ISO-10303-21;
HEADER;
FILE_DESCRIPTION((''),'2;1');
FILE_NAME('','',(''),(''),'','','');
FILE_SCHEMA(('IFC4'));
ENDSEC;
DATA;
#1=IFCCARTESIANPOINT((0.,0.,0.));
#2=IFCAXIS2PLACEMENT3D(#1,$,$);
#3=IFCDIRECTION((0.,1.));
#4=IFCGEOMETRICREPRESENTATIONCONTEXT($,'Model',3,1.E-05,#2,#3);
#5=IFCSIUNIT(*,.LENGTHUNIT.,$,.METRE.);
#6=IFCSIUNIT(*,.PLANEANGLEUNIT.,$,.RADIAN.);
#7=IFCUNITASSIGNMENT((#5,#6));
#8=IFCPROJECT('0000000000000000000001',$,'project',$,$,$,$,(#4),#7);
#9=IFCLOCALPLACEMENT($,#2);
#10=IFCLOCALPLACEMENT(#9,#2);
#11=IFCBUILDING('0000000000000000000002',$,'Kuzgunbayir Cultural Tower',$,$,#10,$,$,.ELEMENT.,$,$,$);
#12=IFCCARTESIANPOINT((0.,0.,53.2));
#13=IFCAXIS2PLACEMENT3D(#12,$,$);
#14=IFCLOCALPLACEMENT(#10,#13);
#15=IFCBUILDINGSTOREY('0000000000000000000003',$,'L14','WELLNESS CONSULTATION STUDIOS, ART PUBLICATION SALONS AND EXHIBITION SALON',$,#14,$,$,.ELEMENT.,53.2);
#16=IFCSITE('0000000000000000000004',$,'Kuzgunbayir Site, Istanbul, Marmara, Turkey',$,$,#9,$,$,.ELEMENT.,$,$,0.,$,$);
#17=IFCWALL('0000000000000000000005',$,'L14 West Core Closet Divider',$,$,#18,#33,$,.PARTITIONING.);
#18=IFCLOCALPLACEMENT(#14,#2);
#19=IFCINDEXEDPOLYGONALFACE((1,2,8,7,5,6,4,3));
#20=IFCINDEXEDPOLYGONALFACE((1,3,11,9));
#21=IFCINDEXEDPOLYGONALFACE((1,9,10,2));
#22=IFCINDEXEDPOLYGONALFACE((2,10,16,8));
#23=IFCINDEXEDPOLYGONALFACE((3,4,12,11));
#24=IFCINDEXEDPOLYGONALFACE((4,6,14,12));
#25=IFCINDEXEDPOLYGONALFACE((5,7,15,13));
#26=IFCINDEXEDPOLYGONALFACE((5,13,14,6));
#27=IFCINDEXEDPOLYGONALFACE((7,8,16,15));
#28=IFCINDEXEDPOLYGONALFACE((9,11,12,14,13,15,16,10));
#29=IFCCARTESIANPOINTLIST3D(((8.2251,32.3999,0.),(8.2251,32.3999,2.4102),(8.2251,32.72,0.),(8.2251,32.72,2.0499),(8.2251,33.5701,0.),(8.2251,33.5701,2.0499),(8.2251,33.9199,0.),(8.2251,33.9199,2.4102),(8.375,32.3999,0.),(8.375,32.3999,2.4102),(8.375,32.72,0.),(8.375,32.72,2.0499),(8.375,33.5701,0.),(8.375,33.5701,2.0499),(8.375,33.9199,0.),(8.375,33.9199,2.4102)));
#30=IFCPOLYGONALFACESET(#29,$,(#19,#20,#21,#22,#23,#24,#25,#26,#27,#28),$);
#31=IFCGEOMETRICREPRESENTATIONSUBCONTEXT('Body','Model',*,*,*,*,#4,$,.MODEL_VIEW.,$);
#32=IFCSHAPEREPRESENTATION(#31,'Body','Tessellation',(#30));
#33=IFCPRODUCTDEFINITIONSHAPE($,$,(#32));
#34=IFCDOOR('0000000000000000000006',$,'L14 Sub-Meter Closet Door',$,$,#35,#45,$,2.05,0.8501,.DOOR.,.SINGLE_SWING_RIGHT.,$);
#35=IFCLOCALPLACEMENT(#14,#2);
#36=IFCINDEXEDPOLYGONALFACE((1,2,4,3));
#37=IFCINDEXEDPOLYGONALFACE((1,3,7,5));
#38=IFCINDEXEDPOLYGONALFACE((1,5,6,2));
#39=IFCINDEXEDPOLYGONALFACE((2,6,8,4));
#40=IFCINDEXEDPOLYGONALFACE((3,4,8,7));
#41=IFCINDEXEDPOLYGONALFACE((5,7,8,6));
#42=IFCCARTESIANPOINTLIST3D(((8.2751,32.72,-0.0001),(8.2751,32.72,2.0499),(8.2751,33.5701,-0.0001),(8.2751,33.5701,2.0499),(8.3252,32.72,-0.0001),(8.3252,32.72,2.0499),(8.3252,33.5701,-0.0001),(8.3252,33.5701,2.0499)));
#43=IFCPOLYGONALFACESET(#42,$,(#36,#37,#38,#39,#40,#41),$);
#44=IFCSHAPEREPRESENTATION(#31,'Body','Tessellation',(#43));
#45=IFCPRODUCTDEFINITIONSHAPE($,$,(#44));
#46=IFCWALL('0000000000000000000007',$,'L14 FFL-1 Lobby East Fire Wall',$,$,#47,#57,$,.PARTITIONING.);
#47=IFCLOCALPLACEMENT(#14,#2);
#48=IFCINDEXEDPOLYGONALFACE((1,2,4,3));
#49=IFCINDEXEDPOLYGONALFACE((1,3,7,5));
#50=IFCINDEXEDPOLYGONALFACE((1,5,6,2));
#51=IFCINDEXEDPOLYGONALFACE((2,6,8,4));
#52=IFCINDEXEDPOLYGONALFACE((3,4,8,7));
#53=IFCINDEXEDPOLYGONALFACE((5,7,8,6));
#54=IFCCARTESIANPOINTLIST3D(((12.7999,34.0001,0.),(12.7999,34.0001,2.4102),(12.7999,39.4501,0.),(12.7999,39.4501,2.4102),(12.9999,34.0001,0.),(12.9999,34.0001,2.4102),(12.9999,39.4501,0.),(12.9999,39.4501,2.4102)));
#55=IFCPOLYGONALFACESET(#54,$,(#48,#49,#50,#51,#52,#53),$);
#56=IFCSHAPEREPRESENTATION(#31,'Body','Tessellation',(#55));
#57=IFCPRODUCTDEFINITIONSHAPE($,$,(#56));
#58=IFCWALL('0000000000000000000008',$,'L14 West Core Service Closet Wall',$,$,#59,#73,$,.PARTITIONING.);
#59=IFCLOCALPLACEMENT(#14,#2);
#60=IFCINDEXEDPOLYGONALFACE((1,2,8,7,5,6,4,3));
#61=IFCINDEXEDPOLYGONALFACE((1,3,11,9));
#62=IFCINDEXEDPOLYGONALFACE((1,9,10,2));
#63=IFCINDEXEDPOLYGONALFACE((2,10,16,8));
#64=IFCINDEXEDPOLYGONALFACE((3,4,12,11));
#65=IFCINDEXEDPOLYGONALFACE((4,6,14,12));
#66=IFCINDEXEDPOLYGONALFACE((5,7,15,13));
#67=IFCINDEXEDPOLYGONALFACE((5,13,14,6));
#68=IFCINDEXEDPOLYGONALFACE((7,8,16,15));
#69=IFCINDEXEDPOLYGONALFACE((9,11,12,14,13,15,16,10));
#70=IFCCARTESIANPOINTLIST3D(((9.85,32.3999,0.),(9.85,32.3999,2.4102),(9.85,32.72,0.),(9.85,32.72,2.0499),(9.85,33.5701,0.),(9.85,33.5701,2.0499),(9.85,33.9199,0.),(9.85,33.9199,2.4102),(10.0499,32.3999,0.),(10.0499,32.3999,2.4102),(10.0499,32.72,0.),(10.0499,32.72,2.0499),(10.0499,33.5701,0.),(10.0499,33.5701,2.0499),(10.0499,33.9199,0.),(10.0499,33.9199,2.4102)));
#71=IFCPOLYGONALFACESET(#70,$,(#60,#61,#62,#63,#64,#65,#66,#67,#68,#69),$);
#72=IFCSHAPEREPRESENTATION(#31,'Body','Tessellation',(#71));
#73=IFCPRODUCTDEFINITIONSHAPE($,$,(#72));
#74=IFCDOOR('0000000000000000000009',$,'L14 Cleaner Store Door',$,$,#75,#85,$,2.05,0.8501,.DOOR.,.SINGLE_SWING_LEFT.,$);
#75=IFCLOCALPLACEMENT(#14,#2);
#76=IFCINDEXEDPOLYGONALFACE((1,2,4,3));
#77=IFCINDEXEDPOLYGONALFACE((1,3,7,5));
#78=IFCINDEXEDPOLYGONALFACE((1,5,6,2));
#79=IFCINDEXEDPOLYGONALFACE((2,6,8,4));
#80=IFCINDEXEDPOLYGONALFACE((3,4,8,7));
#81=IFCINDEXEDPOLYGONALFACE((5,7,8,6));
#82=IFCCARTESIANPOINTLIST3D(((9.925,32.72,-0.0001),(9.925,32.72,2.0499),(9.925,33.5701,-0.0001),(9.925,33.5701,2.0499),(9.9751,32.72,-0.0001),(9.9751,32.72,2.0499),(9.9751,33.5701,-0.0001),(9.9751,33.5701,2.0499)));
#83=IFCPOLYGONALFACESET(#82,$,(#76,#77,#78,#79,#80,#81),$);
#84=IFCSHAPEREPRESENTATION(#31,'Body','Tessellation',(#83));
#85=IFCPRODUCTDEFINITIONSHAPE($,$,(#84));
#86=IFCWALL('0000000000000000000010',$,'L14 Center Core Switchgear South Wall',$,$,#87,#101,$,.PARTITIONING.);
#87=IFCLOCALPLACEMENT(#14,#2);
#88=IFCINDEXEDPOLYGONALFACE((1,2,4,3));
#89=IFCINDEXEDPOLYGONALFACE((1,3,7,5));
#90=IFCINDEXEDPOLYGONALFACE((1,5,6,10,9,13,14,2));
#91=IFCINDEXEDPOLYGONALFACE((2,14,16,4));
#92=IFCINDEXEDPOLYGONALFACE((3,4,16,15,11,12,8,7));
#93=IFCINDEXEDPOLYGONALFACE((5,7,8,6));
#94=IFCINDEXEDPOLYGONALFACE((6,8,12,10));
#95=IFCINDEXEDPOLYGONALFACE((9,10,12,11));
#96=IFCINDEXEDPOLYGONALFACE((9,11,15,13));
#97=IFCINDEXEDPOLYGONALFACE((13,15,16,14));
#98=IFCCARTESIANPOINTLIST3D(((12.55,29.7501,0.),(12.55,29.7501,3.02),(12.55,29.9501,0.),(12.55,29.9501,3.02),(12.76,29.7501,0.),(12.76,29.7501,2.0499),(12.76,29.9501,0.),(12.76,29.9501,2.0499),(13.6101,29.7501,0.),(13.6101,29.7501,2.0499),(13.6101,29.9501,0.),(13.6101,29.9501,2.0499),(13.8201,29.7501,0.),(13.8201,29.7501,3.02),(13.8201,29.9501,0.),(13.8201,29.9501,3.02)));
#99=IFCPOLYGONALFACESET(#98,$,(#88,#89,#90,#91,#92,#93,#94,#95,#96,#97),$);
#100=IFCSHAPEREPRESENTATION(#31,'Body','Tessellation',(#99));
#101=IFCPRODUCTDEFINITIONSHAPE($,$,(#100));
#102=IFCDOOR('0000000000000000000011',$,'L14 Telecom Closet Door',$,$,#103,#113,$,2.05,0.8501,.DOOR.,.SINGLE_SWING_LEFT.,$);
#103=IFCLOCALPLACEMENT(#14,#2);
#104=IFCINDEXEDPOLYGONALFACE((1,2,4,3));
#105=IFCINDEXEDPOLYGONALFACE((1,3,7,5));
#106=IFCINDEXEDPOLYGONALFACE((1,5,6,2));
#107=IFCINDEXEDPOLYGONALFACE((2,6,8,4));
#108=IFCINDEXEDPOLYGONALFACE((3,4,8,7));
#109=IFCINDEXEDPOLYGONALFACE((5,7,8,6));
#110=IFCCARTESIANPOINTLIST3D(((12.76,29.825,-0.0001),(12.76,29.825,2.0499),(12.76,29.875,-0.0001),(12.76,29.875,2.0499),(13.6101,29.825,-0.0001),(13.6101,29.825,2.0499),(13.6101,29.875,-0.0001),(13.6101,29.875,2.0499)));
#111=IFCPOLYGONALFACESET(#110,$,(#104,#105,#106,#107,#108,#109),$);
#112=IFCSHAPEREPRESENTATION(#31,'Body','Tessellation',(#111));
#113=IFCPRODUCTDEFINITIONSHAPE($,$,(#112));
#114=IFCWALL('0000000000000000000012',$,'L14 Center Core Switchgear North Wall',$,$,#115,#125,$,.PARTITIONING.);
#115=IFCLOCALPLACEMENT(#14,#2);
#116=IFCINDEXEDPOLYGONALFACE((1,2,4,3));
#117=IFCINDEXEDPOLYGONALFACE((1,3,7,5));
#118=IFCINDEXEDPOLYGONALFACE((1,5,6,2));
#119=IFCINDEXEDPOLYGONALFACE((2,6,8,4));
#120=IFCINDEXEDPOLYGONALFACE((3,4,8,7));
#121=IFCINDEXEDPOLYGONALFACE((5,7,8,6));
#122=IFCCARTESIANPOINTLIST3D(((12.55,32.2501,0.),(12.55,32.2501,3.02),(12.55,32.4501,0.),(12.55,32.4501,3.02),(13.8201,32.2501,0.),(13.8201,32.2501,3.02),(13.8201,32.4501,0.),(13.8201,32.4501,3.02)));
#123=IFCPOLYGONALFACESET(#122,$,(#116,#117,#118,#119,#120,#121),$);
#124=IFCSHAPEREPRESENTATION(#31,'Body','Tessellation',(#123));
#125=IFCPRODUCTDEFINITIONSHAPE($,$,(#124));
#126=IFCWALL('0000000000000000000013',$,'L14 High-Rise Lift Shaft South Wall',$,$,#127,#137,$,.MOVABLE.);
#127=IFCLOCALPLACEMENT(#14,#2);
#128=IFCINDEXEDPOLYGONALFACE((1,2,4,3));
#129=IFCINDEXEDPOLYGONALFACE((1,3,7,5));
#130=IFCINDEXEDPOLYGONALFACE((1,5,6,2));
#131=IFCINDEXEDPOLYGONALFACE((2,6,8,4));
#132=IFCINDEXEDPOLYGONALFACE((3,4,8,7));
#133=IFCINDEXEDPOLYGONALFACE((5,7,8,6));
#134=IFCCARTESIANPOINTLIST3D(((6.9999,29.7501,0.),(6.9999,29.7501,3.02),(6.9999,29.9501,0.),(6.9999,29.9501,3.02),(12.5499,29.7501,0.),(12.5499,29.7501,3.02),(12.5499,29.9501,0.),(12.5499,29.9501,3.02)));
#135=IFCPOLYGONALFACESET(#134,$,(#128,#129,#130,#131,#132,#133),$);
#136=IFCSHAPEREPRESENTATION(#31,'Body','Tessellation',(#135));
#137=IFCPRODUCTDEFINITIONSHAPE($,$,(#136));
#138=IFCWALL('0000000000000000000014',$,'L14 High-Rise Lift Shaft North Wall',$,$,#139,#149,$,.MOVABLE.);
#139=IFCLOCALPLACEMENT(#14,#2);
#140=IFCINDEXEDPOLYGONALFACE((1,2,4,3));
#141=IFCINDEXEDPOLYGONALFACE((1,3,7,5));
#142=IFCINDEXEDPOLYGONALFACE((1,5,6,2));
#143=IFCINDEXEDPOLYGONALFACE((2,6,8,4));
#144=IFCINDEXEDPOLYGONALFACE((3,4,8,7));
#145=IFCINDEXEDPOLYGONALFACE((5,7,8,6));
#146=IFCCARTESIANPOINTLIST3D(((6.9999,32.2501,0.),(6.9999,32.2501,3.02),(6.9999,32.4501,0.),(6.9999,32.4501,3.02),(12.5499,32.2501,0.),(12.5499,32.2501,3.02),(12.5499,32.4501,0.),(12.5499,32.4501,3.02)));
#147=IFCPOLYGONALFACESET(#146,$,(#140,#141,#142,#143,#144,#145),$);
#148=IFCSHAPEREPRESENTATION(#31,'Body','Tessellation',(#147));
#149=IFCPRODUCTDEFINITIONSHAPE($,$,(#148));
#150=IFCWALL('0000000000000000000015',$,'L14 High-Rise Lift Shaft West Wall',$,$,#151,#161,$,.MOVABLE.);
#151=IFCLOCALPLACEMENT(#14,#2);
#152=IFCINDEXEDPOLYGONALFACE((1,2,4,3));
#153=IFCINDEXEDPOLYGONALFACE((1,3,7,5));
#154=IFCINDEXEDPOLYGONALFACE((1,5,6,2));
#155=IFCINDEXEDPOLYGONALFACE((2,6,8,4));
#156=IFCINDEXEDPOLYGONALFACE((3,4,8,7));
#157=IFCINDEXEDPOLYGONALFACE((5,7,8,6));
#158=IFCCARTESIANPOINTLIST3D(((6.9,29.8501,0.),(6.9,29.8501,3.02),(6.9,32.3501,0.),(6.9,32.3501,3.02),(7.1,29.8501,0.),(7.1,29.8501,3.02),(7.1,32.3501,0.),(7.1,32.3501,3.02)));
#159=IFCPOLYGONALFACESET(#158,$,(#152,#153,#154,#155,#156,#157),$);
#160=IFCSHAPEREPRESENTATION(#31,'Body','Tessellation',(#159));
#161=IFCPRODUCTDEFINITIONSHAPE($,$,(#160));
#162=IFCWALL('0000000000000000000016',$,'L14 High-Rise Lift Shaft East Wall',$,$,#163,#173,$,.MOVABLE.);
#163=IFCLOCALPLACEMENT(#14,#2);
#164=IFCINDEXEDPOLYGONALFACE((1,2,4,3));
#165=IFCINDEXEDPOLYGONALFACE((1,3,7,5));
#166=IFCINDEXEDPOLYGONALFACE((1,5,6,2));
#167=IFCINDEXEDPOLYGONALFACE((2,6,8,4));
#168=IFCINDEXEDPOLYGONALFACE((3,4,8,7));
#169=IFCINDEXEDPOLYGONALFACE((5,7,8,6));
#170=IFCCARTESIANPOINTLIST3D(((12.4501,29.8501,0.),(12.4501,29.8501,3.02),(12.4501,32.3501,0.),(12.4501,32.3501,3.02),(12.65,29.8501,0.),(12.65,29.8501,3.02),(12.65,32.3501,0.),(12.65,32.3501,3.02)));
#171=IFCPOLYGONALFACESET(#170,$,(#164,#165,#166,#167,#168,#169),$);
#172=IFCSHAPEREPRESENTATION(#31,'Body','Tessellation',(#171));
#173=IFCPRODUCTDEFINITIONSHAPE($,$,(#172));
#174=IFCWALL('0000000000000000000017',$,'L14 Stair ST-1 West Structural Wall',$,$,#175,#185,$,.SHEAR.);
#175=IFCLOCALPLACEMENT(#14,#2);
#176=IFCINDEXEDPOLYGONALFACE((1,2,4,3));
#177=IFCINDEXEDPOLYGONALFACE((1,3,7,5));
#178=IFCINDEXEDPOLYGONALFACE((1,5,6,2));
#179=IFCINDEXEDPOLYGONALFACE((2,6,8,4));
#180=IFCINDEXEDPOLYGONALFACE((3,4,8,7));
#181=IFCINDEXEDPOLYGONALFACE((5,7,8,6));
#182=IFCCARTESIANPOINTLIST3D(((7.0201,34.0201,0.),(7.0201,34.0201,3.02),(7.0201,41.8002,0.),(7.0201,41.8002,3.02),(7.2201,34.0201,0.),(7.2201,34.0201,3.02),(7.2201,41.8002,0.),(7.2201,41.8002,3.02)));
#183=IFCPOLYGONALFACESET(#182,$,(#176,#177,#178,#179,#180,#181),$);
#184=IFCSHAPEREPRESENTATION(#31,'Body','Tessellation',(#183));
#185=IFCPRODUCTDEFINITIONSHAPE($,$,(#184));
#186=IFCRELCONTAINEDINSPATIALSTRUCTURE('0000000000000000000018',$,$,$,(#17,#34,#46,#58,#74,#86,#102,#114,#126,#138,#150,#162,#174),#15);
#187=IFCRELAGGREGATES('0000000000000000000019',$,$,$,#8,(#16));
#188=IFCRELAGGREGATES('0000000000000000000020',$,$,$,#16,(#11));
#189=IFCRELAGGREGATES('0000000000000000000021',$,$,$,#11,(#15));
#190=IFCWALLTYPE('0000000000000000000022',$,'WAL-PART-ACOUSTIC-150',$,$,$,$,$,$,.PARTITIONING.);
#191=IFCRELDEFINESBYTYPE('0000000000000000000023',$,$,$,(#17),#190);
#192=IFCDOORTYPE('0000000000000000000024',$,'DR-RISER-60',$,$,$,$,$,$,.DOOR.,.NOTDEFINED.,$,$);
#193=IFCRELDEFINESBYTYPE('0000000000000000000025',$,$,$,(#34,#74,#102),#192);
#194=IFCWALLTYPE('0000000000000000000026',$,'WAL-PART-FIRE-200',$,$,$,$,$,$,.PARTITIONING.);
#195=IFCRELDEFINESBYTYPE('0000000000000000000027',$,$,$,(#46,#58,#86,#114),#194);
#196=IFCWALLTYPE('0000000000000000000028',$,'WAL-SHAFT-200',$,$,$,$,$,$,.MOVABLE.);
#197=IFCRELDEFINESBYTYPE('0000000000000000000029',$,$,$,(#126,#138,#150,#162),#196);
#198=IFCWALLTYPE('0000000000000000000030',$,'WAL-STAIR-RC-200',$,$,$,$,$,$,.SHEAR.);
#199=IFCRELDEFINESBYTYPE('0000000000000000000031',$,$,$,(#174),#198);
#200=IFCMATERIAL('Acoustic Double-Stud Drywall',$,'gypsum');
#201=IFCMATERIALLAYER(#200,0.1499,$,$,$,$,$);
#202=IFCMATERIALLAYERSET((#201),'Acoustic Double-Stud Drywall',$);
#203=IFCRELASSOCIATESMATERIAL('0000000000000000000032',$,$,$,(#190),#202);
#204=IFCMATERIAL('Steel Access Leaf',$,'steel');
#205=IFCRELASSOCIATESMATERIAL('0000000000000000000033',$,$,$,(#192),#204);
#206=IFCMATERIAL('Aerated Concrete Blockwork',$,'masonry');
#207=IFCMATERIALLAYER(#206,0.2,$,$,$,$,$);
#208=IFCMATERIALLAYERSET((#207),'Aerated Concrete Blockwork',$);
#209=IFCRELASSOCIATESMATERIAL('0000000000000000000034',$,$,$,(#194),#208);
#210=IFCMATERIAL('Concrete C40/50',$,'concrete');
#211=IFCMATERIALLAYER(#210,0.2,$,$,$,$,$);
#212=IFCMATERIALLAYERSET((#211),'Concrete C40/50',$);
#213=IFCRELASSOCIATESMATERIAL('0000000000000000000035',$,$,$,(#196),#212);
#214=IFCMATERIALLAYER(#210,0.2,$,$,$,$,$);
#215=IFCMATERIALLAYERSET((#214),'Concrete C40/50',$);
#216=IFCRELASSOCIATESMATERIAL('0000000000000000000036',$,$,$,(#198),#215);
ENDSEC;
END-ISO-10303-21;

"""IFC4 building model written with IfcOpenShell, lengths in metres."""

from ifc_helpers import new_model, si_unit, direction, frame, frame_2d, origin, place, context, subcontext, project, spatial, rectangle, extrude, material, layer, layer_set, type_object, element, fill, save


model = new_model("IFC4")

# Units and contexts
model_context = context("Model", 3, precision=1e-05, world=origin(), true_north=direction((0.0, 1.0)))
body_context = subcontext(model_context, "Body", "Model", "MODEL_VIEW")
ifc_project = project(units=[si_unit("LENGTHUNIT", "METRE"), si_unit("PLANEANGLEUNIT", "RADIAN")], contexts=[model_context])

# Site, building, storey
site_placement = place(None, origin())
site = spatial("IfcSite", under=ifc_project, at=site_placement, Name="Kuzgunbayir Site, Istanbul, Marmara, Turkey", CompositionType="ELEMENT", RefElevation=0.0)
building_placement = place(site_placement, origin())
building = spatial("IfcBuilding", under=site, at=building_placement, Name="Kuzgunbayir Cultural Tower", CompositionType="ELEMENT")
storey_placement = place(building_placement, frame((0.0, 0.0, 53.2)))
storey = spatial("IfcBuildingStorey", under=building, at=storey_placement, Name="L14", Description="WELLNESS CONSULTATION STUDIOS, ART PUBLICATION SALONS AND EXHIBITION SALON", CompositionType="ELEMENT", Elevation=53.2)

# Wall, opening, door
ifc_material_1 = material(Name="Acoustic Double-Stud Drywall", Category="gypsum")
ifc_layer_1 = layer(ifc_material_1, 0.1499)
ifc_layer_set_1 = layer_set([ifc_layer_1], Name="Acoustic Double-Stud Drywall")
wall_type_1 = type_object("IfcWallType", Name="WAL-PART-ACOUSTIC-150", PredefinedType="PARTITIONING", material=ifc_layer_set_1)
wall_1_placement = place(storey_placement, frame((8.3, 32.3999, 0.0), z_axis=(0.0, 0.0, 1.0), x_axis=(0.0, 1.0, 0.0)))
wall_1 = element("IfcWall", 1, at=wall_1_placement, inside=storey, type_object=wall_type_1, Name="L14 West Core Closet Divider", PredefinedType="PARTITIONING", context=body_context, shape_type="SweptSolid", body=[
    extrude(rectangle(XDim=1.52, YDim=0.1499, at=frame_2d((0.76, 0.0))), origin(), (0.0, 0.0, 1.0), 2.4102),
])
opening_1_placement = place(wall_1_placement, frame((0.3201, 0.0, 0.0)))
opening_1 = element("IfcOpeningElement", 2, at=opening_1_placement, cuts=wall_1, PredefinedType="OPENING", context=body_context, shape_type="SweptSolid", body=[
    extrude(rectangle(XDim=0.8501, YDim=2.05, at=frame_2d((0.425, 1.0249))), frame((0.0, 0.085, 0.0), z_axis=(0.0, -1.0, 0.0), x_axis=(1.0, 0.0, 0.0)), (0.0, 0.0, 1.0), 0.1699),
])
ifc_material_2 = material(Name="Steel Access Leaf", Category="steel")
door_type_1 = type_object("IfcDoorType", Name="DR-RISER-60", OperationType="NOTDEFINED", PredefinedType="DOOR", material=ifc_material_2)
door_1_placement = place(opening_1_placement, origin())
door_1 = element("IfcDoor", 3, at=door_1_placement, inside=storey, type_object=door_type_1, Name="L14 Sub-Meter Closet Door", OperationType="SINGLE_SWING_RIGHT", OverallHeight=2.05, OverallWidth=0.8501, PredefinedType="DOOR", context=body_context, shape_type="SweptSolid", body=[
    extrude(rectangle(XDim=0.8501, YDim=2.05, at=frame_2d((0.425, 1.0249))), frame((0.0, 0.0249, 0.0), z_axis=(0.0, -1.0, 0.0), x_axis=(1.0, 0.0, 0.0)), (0.0, 0.0, 1.0), 0.05),
])
fill(opening_1, door_1)

# Wall
ifc_material_3 = material(Name="Aerated Concrete Blockwork", Category="masonry")
ifc_layer_2 = layer(ifc_material_3, 0.2)
ifc_layer_set_2 = layer_set([ifc_layer_2], Name="Aerated Concrete Blockwork")
wall_type_2 = type_object("IfcWallType", Name="WAL-PART-FIRE-200", PredefinedType="PARTITIONING", material=ifc_layer_set_2)
wall_2_placement = place(storey_placement, frame((12.8999, 34.0, 0.0), z_axis=(0.0, 0.0, 1.0), x_axis=(0.0, 1.0, 0.0)))
element("IfcWall", 4, at=wall_2_placement, inside=storey, type_object=wall_type_2, Name="L14 FFL-1 Lobby East Fire Wall", PredefinedType="PARTITIONING", context=body_context, shape_type="SweptSolid", body=[
    extrude(rectangle(XDim=5.45, YDim=0.2, at=frame_2d((2.7251, 0.0))), origin(), (0.0, 0.0, 1.0), 2.4102),
])

# Walls, openings, doors
wall_3_placement = place(storey_placement, frame((9.95, 32.3999, 0.0), z_axis=(0.0, 0.0, 1.0), x_axis=(0.0, 1.0, 0.0)))
wall_3 = element("IfcWall", 5, at=wall_3_placement, inside=storey, type_object=wall_type_2, Name="L14 West Core Service Closet Wall", PredefinedType="PARTITIONING", context=body_context, shape_type="SweptSolid", body=[
    extrude(rectangle(XDim=1.52, YDim=0.2, at=frame_2d((0.76, 0.0))), origin(), (0.0, 0.0, 1.0), 2.4102),
])
opening_2_placement = place(wall_3_placement, frame((0.3201, 0.0, 0.0)))
opening_2 = element("IfcOpeningElement", 6, at=opening_2_placement, cuts=wall_3, PredefinedType="OPENING", context=body_context, shape_type="SweptSolid", body=[
    extrude(rectangle(XDim=0.8501, YDim=2.05, at=frame_2d((0.425, 1.0249))), frame((0.0, 0.1099, 0.0), z_axis=(0.0, -1.0, 0.0), x_axis=(1.0, 0.0, 0.0)), (0.0, 0.0, 1.0), 0.22),
])
door_2_placement = place(opening_2_placement, origin())
door_2 = element("IfcDoor", 7, at=door_2_placement, inside=storey, type_object=door_type_1, Name="L14 Cleaner Store Door", OperationType="SINGLE_SWING_LEFT", OverallHeight=2.05, OverallWidth=0.8501, PredefinedType="DOOR", context=body_context, shape_type="SweptSolid", body=[
    extrude(rectangle(XDim=0.8501, YDim=2.05, at=frame_2d((0.425, 1.0249))), frame((0.0, 0.0249, 0.0), z_axis=(0.0, -1.0, 0.0), x_axis=(1.0, 0.0, 0.0)), (0.0, 0.0, 1.0), 0.05),
])
fill(opening_2, door_2)
wall_4_placement = place(storey_placement, frame((12.55, 29.8501, 0.0), z_axis=(0.0, 0.0, 1.0), x_axis=(1.0, 0.0, 0.0)))
wall_4 = element("IfcWall", 8, at=wall_4_placement, inside=storey, type_object=wall_type_2, Name="L14 Center Core Switchgear South Wall", PredefinedType="PARTITIONING", context=body_context, shape_type="SweptSolid", body=[
    extrude(rectangle(XDim=1.27, YDim=0.2, at=frame_2d((0.635, 0.0))), origin(), (0.0, 0.0, 1.0), 3.02),
])
opening_3_placement = place(wall_4_placement, frame((0.21, 0.0, 0.0)))
opening_3 = element("IfcOpeningElement", 9, at=opening_3_placement, cuts=wall_4, PredefinedType="OPENING", context=body_context, shape_type="SweptSolid", body=[
    extrude(rectangle(XDim=0.8501, YDim=2.05, at=frame_2d((0.425, 1.0249))), frame((0.0, 0.1099, 0.0), z_axis=(0.0, -1.0, 0.0), x_axis=(1.0, 0.0, 0.0)), (0.0, 0.0, 1.0), 0.22),
])
door_3_placement = place(opening_3_placement, origin())
door_3 = element("IfcDoor", 10, at=door_3_placement, inside=storey, type_object=door_type_1, Name="L14 Telecom Closet Door", OperationType="SINGLE_SWING_LEFT", OverallHeight=2.05, OverallWidth=0.8501, PredefinedType="DOOR", context=body_context, shape_type="SweptSolid", body=[
    extrude(rectangle(XDim=0.8501, YDim=2.05, at=frame_2d((0.425, 1.0249))), frame((0.0, 0.0249, 0.0), z_axis=(0.0, -1.0, 0.0), x_axis=(1.0, 0.0, 0.0)), (0.0, 0.0, 1.0), 0.05),
])
fill(opening_3, door_3)

# Walls
wall_5_placement = place(storey_placement, frame((12.55, 32.3501, 0.0), z_axis=(0.0, 0.0, 1.0), x_axis=(1.0, 0.0, 0.0)))
element("IfcWall", 11, at=wall_5_placement, inside=storey, type_object=wall_type_2, Name="L14 Center Core Switchgear North Wall", PredefinedType="PARTITIONING", context=body_context, shape_type="SweptSolid", body=[
    extrude(rectangle(XDim=1.27, YDim=0.2, at=frame_2d((0.635, 0.0))), origin(), (0.0, 0.0, 1.0), 3.02),
])
ifc_material_4 = material(Name="Concrete C40/50", Category="concrete")
ifc_layer_3 = layer(ifc_material_4, 0.2)
ifc_layer_set_3 = layer_set([ifc_layer_3], Name="Concrete C40/50")
wall_type_3 = type_object("IfcWallType", Name="WAL-SHAFT-200", PredefinedType="MOVABLE", material=ifc_layer_set_3)
for number, where, z_axis, x_axis, name in (
    (12, (7.0, 29.8501, 0.0), (0.0, 0.0, 1.0), (1.0, 0.0, 0.0), "L14 High-Rise Lift Shaft South Wall"),
    (13, (7.0, 32.3501, 0.0), (0.0, 0.0, 1.0), (1.0, 0.0, 0.0), "L14 High-Rise Lift Shaft North Wall"),
):
    element("IfcWall", number, at=place(storey_placement, frame(where, z_axis=z_axis, x_axis=x_axis)), inside=storey, type_object=wall_type_3, Name=name, PredefinedType="MOVABLE", context=body_context, shape_type="SweptSolid", body=[
        extrude(rectangle(XDim=5.55, YDim=0.2, at=frame_2d((2.7749, 0.0))), origin(), (0.0, 0.0, 1.0), 3.02),
    ])
for number, where, z_axis, x_axis, name in (
    (14, (7.0, 29.8501, 0.0), (0.0, 0.0, 1.0), (0.0, 1.0, 0.0), "L14 High-Rise Lift Shaft West Wall"),
    (15, (12.55, 29.8501, 0.0), (0.0, 0.0, 1.0), (0.0, 1.0, 0.0), "L14 High-Rise Lift Shaft East Wall"),
):
    element("IfcWall", number, at=place(storey_placement, frame(where, z_axis=z_axis, x_axis=x_axis)), inside=storey, type_object=wall_type_3, Name=name, PredefinedType="MOVABLE", context=body_context, shape_type="SweptSolid", body=[
        extrude(rectangle(XDim=2.5, YDim=0.2, at=frame_2d((1.25, 0.0))), origin(), (0.0, 0.0, 1.0), 3.02),
    ])
ifc_layer_4 = layer(ifc_material_4, 0.2)
ifc_layer_set_4 = layer_set([ifc_layer_4], Name="Concrete C40/50")
wall_type_4 = type_object("IfcWallType", Name="WAL-STAIR-RC-200", PredefinedType="SHEAR", material=ifc_layer_set_4)
wall_6_placement = place(storey_placement, frame((7.1201, 34.02, 0.0), z_axis=(0.0, 0.0, 1.0), x_axis=(0.0, 1.0, 0.0)))
element("IfcWall", 16, at=wall_6_placement, inside=storey, type_object=wall_type_4, Name="L14 Stair ST-1 West Structural Wall", PredefinedType="SHEAR", context=body_context, shape_type="SweptSolid", body=[
    extrude(rectangle(XDim=7.78, YDim=0.2, at=frame_2d((3.8901, 0.0))), origin(), (0.0, 0.0, 1.0), 3.02),
])

save(model, "model.ifc")
